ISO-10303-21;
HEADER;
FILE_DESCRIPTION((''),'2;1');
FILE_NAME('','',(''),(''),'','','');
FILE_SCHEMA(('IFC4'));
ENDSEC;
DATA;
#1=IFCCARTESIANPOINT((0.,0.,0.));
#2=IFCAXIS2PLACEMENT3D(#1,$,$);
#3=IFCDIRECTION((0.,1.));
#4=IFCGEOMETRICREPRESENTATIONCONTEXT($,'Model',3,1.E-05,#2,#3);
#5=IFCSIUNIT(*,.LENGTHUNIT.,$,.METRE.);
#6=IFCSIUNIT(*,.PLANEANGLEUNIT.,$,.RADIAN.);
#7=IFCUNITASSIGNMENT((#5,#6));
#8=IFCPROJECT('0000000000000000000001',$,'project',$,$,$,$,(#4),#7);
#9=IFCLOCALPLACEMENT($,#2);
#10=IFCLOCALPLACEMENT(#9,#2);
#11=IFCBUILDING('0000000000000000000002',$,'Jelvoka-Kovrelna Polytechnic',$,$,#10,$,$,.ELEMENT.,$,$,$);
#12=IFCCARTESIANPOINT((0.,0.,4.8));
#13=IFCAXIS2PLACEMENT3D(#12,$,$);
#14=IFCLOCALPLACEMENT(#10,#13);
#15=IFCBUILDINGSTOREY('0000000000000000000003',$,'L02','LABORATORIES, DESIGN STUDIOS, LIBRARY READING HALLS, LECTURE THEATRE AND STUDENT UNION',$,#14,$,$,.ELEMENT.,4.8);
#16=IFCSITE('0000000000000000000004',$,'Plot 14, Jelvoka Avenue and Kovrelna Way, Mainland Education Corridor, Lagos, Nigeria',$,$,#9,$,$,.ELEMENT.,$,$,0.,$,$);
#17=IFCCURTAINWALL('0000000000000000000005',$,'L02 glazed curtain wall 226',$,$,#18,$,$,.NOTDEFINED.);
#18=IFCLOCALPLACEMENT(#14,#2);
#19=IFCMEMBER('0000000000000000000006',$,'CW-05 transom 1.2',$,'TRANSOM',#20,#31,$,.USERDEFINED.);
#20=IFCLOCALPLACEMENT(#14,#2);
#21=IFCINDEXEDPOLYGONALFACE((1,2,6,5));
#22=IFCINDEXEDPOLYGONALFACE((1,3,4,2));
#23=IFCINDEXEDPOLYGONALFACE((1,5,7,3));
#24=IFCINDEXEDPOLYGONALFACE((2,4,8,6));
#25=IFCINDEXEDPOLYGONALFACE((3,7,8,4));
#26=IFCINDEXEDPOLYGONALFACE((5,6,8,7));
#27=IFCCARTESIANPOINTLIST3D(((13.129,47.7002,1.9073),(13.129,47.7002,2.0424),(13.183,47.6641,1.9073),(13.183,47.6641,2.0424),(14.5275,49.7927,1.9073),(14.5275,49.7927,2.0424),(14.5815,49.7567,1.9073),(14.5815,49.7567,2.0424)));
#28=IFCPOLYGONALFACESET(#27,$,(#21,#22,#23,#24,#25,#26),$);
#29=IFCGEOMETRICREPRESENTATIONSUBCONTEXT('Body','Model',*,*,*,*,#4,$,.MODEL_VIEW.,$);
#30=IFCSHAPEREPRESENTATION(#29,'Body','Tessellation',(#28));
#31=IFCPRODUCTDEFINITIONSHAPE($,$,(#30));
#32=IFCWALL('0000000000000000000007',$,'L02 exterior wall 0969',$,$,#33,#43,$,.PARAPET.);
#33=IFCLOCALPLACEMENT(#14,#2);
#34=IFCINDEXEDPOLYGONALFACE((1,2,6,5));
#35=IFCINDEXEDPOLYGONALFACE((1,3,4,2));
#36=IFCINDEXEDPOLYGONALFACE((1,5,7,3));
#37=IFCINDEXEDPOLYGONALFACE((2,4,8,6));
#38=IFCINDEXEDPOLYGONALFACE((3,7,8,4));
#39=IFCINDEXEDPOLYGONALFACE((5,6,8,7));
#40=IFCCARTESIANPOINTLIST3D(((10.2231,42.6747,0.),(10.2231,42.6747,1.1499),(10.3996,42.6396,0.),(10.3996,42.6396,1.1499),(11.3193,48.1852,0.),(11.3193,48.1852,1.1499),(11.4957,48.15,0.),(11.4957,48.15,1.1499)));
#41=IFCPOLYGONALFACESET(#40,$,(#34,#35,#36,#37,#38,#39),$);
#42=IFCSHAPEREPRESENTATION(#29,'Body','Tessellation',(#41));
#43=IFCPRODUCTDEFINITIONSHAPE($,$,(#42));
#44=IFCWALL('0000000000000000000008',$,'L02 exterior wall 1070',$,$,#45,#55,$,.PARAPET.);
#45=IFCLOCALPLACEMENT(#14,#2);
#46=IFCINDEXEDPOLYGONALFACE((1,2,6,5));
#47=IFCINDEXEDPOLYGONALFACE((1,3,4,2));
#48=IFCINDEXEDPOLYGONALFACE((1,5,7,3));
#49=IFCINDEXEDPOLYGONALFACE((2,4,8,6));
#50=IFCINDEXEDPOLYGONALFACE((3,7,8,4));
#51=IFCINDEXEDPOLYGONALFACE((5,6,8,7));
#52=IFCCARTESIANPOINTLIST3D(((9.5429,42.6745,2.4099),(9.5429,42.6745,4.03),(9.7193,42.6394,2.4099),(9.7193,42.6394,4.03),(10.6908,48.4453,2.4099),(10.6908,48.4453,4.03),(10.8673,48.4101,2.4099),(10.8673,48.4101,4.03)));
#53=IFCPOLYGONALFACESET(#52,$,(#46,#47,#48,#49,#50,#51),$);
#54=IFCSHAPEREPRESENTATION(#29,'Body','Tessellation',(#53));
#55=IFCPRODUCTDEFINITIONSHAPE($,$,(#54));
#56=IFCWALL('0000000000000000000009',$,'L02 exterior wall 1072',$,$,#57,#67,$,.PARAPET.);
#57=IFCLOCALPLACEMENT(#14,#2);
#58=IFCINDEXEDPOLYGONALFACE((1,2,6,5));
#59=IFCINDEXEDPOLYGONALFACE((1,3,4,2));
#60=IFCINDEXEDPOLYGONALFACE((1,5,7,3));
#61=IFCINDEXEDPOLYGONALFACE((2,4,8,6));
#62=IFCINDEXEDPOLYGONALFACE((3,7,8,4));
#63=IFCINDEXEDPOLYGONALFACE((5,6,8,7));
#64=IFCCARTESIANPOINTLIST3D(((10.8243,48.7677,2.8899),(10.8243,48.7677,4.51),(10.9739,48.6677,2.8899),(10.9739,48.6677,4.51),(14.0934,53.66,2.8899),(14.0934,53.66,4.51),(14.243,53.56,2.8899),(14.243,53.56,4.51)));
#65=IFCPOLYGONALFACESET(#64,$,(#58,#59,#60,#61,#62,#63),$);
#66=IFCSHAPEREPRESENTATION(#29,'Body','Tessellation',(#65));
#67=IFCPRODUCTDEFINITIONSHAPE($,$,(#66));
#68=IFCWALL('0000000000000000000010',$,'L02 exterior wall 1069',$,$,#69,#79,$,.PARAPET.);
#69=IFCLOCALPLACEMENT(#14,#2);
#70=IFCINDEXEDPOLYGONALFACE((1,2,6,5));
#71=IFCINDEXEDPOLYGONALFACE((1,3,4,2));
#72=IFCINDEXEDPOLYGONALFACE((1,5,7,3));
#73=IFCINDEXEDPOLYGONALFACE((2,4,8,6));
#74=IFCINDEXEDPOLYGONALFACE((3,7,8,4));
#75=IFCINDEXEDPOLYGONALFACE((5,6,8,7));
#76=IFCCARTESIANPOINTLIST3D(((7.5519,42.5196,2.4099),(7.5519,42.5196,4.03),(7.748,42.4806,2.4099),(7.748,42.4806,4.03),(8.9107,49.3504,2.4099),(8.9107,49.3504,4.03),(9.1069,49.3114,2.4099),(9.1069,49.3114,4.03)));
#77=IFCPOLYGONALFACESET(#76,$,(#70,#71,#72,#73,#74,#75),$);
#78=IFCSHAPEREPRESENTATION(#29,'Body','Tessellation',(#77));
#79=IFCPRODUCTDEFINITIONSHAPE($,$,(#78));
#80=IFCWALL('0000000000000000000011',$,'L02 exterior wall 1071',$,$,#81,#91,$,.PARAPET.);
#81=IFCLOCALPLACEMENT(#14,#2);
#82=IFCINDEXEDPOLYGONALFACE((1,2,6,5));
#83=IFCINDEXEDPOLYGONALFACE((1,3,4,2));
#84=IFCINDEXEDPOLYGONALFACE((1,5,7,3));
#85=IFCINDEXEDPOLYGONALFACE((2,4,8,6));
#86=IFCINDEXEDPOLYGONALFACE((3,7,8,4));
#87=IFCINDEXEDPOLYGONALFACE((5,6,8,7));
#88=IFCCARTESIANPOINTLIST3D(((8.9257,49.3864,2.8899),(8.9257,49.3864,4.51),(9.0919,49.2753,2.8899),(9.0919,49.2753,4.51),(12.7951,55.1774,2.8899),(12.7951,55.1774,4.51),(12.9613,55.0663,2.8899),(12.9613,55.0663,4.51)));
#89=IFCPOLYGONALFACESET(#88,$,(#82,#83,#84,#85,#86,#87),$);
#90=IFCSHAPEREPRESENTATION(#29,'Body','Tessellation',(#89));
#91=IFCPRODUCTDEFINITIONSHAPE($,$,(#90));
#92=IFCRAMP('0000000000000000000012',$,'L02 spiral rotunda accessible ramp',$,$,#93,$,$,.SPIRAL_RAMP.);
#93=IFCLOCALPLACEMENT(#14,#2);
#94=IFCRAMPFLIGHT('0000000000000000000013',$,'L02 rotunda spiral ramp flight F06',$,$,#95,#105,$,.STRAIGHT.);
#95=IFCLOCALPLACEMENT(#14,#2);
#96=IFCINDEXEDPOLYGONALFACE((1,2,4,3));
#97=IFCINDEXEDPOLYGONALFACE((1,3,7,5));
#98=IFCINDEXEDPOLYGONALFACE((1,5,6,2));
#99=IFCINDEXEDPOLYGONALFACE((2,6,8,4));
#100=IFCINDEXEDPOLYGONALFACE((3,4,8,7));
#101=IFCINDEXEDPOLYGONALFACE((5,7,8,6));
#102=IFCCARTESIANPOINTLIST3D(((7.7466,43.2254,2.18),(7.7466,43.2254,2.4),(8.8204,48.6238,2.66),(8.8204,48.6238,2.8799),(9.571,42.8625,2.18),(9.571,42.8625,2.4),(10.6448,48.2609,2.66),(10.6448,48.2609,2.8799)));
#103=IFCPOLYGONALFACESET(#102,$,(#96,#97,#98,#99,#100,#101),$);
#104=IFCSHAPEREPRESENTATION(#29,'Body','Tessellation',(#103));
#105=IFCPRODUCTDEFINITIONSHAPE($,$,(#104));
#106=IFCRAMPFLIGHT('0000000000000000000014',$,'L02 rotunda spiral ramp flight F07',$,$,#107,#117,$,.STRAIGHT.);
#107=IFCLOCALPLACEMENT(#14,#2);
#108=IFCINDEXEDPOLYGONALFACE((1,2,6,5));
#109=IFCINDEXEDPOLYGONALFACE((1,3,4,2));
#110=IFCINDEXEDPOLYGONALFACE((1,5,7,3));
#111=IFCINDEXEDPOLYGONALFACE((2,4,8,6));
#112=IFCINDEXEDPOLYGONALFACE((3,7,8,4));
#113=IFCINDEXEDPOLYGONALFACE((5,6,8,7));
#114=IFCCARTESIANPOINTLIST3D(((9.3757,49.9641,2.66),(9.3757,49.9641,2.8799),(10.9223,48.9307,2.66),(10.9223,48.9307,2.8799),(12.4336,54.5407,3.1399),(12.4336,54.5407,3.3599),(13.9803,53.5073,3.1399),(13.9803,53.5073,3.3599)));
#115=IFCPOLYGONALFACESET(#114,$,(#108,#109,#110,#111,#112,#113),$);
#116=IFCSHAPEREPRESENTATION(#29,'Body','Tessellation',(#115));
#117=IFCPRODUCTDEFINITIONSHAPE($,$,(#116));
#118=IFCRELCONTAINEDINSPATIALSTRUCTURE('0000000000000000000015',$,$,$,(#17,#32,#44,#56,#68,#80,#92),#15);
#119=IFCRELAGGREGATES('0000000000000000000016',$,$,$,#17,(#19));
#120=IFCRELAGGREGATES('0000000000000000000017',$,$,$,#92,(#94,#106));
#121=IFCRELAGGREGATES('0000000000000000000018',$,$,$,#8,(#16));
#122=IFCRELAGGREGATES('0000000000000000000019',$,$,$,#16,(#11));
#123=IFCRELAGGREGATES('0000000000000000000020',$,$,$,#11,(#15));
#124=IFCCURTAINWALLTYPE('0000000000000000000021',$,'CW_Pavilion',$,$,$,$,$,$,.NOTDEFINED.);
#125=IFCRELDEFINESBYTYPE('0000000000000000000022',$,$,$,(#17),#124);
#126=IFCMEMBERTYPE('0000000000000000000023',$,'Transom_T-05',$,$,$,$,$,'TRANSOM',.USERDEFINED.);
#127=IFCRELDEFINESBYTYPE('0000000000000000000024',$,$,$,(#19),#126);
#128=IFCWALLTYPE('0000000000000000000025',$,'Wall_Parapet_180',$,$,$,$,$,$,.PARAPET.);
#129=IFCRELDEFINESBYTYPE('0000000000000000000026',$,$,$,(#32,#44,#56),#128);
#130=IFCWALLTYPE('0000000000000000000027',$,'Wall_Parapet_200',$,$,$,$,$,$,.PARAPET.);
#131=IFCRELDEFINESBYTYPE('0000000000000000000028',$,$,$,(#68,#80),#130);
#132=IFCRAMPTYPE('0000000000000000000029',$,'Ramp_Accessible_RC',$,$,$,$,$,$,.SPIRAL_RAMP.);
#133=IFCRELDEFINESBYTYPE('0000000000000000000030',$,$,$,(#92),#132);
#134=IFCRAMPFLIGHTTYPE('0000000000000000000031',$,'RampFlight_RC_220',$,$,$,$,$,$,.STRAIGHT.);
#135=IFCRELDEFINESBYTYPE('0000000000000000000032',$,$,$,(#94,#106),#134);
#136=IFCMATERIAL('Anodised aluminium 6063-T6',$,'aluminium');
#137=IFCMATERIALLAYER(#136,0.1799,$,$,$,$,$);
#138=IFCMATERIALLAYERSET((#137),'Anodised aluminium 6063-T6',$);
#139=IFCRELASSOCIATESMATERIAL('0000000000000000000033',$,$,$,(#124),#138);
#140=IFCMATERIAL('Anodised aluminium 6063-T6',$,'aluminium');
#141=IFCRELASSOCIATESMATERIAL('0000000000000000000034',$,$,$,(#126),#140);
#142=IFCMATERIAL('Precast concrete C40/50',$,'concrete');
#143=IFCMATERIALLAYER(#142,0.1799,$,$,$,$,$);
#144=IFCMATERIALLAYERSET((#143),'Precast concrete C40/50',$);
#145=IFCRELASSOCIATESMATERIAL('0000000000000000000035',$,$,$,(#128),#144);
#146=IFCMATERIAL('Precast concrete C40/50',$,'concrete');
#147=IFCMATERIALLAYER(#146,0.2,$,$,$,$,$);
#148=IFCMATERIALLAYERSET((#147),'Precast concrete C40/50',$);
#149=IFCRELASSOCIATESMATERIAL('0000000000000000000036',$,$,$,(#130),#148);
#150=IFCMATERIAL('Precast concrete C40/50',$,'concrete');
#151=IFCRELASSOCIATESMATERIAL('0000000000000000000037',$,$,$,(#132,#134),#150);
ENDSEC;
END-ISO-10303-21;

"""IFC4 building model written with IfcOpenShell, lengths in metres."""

from ifc_helpers import new_model, si_unit, direction, frame, frame_2d, origin, origin_2d, place, context, subcontext, project, spatial, polyline, rectangle, outline, extrude, material, layer, layer_set, material_profile, profile_set, type_object, element, aggregate, save


model = new_model("IFC4")

# Units and contexts
model_context = context("Model", 3, precision=1e-05, world=origin(), true_north=direction((0.0, 1.0)))
body_context = subcontext(model_context, "Body", "Model", "MODEL_VIEW")
ifc_project = project(units=[si_unit("LENGTHUNIT", "METRE"), si_unit("PLANEANGLEUNIT", "RADIAN")], contexts=[model_context])

# Site, building, storey
site_placement = place(None, origin())
site = spatial("IfcSite", under=ifc_project, at=site_placement, Name="Plot 14, Jelvoka Avenue and Kovrelna Way, Mainland Education Corridor, Lagos, Nigeria", CompositionType="ELEMENT", RefElevation=0.0)
building_placement = place(site_placement, origin())
building = spatial("IfcBuilding", under=site, at=building_placement, Name="Jelvoka-Kovrelna Polytechnic", CompositionType="ELEMENT")
storey_placement = place(building_placement, frame((0.0, 0.0, 4.8)))
storey = spatial("IfcBuildingStorey", under=building, at=storey_placement, Name="L02", Description="LABORATORIES, DESIGN STUDIOS, LIBRARY READING HALLS, LECTURE THEATRE AND STUDENT UNION", CompositionType="ELEMENT", Elevation=4.8)

# Curtain wall
ifc_material_1 = material(Name="Anodised aluminium 6063-T6", Category="aluminium")
ifc_layer_1 = layer(ifc_material_1, 0.1799)
ifc_layer_set_1 = layer_set([ifc_layer_1], Name="Anodised aluminium 6063-T6")
curtain_wall_type = type_object("IfcCurtainWallType", Name="CW_Pavilion", PredefinedType="NOTDEFINED", material=ifc_layer_set_1)
curtain_wall_placement = place(storey_placement, origin())
curtain_wall = element("IfcCurtainWall", 1, at=curtain_wall_placement, inside=storey, type_object=curtain_wall_type, Name="L02 glazed curtain wall 226", PredefinedType="NOTDEFINED")

# Member
ifc_material_2 = material(Name="Anodised aluminium 6063-T6", Category="aluminium")
ifc_material_profile_1 = material_profile(ifc_material_2, rectangle(XDim=0.0649, YDim=0.135, at=origin_2d()), Name="ALU 65x135")
ifc_profile_set_1 = profile_set([ifc_material_profile_1], Name="Anodised aluminium 6063-T6")
member_type_1 = type_object("IfcMemberType", Name="Transom_T-05", ElementType="TRANSOM", PredefinedType="USERDEFINED", material=ifc_profile_set_1)
member_1_placement = place(storey_placement, frame((13.156, 47.6821, 1.9749), z_axis=(0.55564, 0.831423, 0.0), x_axis=(-0.831423, 0.55564, 0.0)))
member_1 = element("IfcMember", 2, at=member_1_placement, type_object=member_type_1, Name="CW-05 transom 1.2", ObjectType="TRANSOM", PredefinedType="USERDEFINED", context=body_context, shape_type="SweptSolid", body=[
    extrude(rectangle(XDim=0.0649, YDim=0.135, at=origin_2d()), origin(), (0.0, 0.0, 1.0), 2.5168),
])
aggregate(curtain_wall, [member_1])

# Walls
ifc_material_3 = material(Name="Precast concrete C40/50", Category="concrete")
ifc_layer_2 = layer(ifc_material_3, 0.1799)
ifc_layer_set_2 = layer_set([ifc_layer_2], Name="Precast concrete C40/50")
wall_type_1 = type_object("IfcWallType", Name="Wall_Parapet_180", PredefinedType="PARAPET", material=ifc_layer_set_2)
wall_1_placement = place(storey_placement, frame((11.4075, 48.1675, 0.0), z_axis=(0.0, 0.0, 1.0), x_axis=(-0.195105, -0.980782, 0.0)))
element("IfcWall", 3, at=wall_1_placement, inside=storey, type_object=wall_type_1, Name="L02 exterior wall 0969", PredefinedType="PARAPET", context=body_context, shape_type="SweptSolid", body=[
    extrude(rectangle(XDim=5.6184, YDim=0.1799, at=frame_2d((2.8091, 0.0))), origin(), (0.0, 0.0, 1.0), 1.1499),
])
wall_2_placement = place(storey_placement, frame((9.6311, 42.657, 2.4099), z_axis=(0.0, 0.0, 1.0), x_axis=(0.195103, 0.980783, 0.0)))
element("IfcWall", 4, at=wall_2_placement, inside=storey, type_object=wall_type_1, Name="L02 exterior wall 1070", PredefinedType="PARAPET", context=body_context, shape_type="SweptSolid", body=[
    extrude(rectangle(XDim=5.8838, YDim=0.1799, at=frame_2d((2.9419, 0.0))), origin(), (0.0, 0.0, 1.0), 1.6201),
])
wall_3_placement = place(storey_placement, frame((10.8992, 48.7178, 2.8899), z_axis=(0.0, 0.0, 1.0), x_axis=(0.555581, 0.831463, 0.0)))
element("IfcWall", 5, at=wall_3_placement, inside=storey, type_object=wall_type_1, Name="L02 exterior wall 1072", PredefinedType="PARAPET", context=body_context, shape_type="SweptSolid", body=[
    extrude(rectangle(XDim=5.884, YDim=0.1799, at=frame_2d((2.9419, 0.0))), origin(), (0.0, 0.0, 1.0), 1.6201),
])
ifc_material_4 = material(Name="Precast concrete C40/50", Category="concrete")
ifc_layer_3 = layer(ifc_material_4, 0.2)
ifc_layer_set_3 = layer_set([ifc_layer_3], Name="Precast concrete C40/50")
wall_type_2 = type_object("IfcWallType", Name="Wall_Parapet_200", PredefinedType="PARAPET", material=ifc_layer_set_3)
wall_4_placement = place(storey_placement, frame((7.6499, 42.5, 2.4099), z_axis=(0.0, 0.0, 1.0), x_axis=(0.195112, 0.980781, 0.0)))
element("IfcWall", 6, at=wall_4_placement, inside=storey, type_object=wall_type_2, Name="L02 exterior wall 1069", PredefinedType="PARAPET", context=body_context, shape_type="SweptSolid", body=[
    extrude(rectangle(XDim=6.9646, YDim=0.2, at=frame_2d((3.4824, 0.0))), origin(), (0.0, 0.0, 1.0), 1.6201),
])
wall_5_placement = place(storey_placement, frame((9.0088, 49.3308, 2.8899), z_axis=(0.0, 0.0, 1.0), x_axis=(0.555565, 0.831473, 0.0)))
element("IfcWall", 7, at=wall_5_placement, inside=storey, type_object=wall_type_2, Name="L02 exterior wall 1071", PredefinedType="PARAPET", context=body_context, shape_type="SweptSolid", body=[
    extrude(rectangle(XDim=6.9648, YDim=0.2, at=frame_2d((3.4824, 0.0))), origin(), (0.0, 0.0, 1.0), 1.6201),
])

# Ramp, ramp flights
ifc_material_5 = material(Name="Precast concrete C40/50", Category="concrete")
ramp_type = type_object("IfcRampType", Name="Ramp_Accessible_RC", PredefinedType="SPIRAL_RAMP", material=ifc_material_5)
ramp_placement = place(storey_placement, origin())
ramp = element("IfcRamp", 8, at=ramp_placement, inside=storey, type_object=ramp_type, Name="L02 spiral rotunda accessible ramp", PredefinedType="SPIRAL_RAMP")
ramp_flight_type = type_object("IfcRampFlightType", Name="RampFlight_RC_220", PredefinedType="STRAIGHT", material=ifc_material_5)
ramp_flight_1_placement = place(None, frame((8.6587, 43.0439, 7.2), z_axis=(0.0, 0.0, 1.0), x_axis=(0.195092, 0.980785, 0.0)))
ramp_flight_1 = element("IfcRampFlight", 9, at=ramp_flight_1_placement, type_object=ramp_flight_type, Name="L02 rotunda spiral ramp flight F06", PredefinedType="STRAIGHT", context=body_context, shape_type="SweptSolid", body=[
    extrude(outline(polyline([(0.0, 0.0), (5.5042, 0.48), (5.5042, 0.26), (0.0, -0.22), (0.0, 0.0)])), frame((0.0, 0.9299, 0.0), z_axis=(0.0, -1.0, 0.0), x_axis=(1.0, 0.0, 0.0)), (0.0, 0.0, 1.0), 1.8601),
])
ramp_flight_2_placement = place(None, frame((10.1489, 49.4475, 7.6799), z_axis=(0.0, 0.0, 1.0), x_axis=(0.555568, 0.831471, 0.0)))
ramp_flight_2 = element("IfcRampFlight", 10, at=ramp_flight_2_placement, type_object=ramp_flight_type, Name="L02 rotunda spiral ramp flight F07", PredefinedType="STRAIGHT", context=body_context, shape_type="SweptSolid", body=[
    extrude(outline(polyline([(0.0, 0.0), (5.5042, 0.48), (5.5042, 0.26), (0.0, -0.22), (0.0, 0.0)])), frame((0.0, 0.9299, 0.0), z_axis=(0.0, -1.0, 0.0), x_axis=(1.0, 0.0, 0.0)), (0.0, 0.0, 1.0), 1.8601),
])
aggregate(ramp, [ramp_flight_1, ramp_flight_2])

save(model, "model.ifc")
